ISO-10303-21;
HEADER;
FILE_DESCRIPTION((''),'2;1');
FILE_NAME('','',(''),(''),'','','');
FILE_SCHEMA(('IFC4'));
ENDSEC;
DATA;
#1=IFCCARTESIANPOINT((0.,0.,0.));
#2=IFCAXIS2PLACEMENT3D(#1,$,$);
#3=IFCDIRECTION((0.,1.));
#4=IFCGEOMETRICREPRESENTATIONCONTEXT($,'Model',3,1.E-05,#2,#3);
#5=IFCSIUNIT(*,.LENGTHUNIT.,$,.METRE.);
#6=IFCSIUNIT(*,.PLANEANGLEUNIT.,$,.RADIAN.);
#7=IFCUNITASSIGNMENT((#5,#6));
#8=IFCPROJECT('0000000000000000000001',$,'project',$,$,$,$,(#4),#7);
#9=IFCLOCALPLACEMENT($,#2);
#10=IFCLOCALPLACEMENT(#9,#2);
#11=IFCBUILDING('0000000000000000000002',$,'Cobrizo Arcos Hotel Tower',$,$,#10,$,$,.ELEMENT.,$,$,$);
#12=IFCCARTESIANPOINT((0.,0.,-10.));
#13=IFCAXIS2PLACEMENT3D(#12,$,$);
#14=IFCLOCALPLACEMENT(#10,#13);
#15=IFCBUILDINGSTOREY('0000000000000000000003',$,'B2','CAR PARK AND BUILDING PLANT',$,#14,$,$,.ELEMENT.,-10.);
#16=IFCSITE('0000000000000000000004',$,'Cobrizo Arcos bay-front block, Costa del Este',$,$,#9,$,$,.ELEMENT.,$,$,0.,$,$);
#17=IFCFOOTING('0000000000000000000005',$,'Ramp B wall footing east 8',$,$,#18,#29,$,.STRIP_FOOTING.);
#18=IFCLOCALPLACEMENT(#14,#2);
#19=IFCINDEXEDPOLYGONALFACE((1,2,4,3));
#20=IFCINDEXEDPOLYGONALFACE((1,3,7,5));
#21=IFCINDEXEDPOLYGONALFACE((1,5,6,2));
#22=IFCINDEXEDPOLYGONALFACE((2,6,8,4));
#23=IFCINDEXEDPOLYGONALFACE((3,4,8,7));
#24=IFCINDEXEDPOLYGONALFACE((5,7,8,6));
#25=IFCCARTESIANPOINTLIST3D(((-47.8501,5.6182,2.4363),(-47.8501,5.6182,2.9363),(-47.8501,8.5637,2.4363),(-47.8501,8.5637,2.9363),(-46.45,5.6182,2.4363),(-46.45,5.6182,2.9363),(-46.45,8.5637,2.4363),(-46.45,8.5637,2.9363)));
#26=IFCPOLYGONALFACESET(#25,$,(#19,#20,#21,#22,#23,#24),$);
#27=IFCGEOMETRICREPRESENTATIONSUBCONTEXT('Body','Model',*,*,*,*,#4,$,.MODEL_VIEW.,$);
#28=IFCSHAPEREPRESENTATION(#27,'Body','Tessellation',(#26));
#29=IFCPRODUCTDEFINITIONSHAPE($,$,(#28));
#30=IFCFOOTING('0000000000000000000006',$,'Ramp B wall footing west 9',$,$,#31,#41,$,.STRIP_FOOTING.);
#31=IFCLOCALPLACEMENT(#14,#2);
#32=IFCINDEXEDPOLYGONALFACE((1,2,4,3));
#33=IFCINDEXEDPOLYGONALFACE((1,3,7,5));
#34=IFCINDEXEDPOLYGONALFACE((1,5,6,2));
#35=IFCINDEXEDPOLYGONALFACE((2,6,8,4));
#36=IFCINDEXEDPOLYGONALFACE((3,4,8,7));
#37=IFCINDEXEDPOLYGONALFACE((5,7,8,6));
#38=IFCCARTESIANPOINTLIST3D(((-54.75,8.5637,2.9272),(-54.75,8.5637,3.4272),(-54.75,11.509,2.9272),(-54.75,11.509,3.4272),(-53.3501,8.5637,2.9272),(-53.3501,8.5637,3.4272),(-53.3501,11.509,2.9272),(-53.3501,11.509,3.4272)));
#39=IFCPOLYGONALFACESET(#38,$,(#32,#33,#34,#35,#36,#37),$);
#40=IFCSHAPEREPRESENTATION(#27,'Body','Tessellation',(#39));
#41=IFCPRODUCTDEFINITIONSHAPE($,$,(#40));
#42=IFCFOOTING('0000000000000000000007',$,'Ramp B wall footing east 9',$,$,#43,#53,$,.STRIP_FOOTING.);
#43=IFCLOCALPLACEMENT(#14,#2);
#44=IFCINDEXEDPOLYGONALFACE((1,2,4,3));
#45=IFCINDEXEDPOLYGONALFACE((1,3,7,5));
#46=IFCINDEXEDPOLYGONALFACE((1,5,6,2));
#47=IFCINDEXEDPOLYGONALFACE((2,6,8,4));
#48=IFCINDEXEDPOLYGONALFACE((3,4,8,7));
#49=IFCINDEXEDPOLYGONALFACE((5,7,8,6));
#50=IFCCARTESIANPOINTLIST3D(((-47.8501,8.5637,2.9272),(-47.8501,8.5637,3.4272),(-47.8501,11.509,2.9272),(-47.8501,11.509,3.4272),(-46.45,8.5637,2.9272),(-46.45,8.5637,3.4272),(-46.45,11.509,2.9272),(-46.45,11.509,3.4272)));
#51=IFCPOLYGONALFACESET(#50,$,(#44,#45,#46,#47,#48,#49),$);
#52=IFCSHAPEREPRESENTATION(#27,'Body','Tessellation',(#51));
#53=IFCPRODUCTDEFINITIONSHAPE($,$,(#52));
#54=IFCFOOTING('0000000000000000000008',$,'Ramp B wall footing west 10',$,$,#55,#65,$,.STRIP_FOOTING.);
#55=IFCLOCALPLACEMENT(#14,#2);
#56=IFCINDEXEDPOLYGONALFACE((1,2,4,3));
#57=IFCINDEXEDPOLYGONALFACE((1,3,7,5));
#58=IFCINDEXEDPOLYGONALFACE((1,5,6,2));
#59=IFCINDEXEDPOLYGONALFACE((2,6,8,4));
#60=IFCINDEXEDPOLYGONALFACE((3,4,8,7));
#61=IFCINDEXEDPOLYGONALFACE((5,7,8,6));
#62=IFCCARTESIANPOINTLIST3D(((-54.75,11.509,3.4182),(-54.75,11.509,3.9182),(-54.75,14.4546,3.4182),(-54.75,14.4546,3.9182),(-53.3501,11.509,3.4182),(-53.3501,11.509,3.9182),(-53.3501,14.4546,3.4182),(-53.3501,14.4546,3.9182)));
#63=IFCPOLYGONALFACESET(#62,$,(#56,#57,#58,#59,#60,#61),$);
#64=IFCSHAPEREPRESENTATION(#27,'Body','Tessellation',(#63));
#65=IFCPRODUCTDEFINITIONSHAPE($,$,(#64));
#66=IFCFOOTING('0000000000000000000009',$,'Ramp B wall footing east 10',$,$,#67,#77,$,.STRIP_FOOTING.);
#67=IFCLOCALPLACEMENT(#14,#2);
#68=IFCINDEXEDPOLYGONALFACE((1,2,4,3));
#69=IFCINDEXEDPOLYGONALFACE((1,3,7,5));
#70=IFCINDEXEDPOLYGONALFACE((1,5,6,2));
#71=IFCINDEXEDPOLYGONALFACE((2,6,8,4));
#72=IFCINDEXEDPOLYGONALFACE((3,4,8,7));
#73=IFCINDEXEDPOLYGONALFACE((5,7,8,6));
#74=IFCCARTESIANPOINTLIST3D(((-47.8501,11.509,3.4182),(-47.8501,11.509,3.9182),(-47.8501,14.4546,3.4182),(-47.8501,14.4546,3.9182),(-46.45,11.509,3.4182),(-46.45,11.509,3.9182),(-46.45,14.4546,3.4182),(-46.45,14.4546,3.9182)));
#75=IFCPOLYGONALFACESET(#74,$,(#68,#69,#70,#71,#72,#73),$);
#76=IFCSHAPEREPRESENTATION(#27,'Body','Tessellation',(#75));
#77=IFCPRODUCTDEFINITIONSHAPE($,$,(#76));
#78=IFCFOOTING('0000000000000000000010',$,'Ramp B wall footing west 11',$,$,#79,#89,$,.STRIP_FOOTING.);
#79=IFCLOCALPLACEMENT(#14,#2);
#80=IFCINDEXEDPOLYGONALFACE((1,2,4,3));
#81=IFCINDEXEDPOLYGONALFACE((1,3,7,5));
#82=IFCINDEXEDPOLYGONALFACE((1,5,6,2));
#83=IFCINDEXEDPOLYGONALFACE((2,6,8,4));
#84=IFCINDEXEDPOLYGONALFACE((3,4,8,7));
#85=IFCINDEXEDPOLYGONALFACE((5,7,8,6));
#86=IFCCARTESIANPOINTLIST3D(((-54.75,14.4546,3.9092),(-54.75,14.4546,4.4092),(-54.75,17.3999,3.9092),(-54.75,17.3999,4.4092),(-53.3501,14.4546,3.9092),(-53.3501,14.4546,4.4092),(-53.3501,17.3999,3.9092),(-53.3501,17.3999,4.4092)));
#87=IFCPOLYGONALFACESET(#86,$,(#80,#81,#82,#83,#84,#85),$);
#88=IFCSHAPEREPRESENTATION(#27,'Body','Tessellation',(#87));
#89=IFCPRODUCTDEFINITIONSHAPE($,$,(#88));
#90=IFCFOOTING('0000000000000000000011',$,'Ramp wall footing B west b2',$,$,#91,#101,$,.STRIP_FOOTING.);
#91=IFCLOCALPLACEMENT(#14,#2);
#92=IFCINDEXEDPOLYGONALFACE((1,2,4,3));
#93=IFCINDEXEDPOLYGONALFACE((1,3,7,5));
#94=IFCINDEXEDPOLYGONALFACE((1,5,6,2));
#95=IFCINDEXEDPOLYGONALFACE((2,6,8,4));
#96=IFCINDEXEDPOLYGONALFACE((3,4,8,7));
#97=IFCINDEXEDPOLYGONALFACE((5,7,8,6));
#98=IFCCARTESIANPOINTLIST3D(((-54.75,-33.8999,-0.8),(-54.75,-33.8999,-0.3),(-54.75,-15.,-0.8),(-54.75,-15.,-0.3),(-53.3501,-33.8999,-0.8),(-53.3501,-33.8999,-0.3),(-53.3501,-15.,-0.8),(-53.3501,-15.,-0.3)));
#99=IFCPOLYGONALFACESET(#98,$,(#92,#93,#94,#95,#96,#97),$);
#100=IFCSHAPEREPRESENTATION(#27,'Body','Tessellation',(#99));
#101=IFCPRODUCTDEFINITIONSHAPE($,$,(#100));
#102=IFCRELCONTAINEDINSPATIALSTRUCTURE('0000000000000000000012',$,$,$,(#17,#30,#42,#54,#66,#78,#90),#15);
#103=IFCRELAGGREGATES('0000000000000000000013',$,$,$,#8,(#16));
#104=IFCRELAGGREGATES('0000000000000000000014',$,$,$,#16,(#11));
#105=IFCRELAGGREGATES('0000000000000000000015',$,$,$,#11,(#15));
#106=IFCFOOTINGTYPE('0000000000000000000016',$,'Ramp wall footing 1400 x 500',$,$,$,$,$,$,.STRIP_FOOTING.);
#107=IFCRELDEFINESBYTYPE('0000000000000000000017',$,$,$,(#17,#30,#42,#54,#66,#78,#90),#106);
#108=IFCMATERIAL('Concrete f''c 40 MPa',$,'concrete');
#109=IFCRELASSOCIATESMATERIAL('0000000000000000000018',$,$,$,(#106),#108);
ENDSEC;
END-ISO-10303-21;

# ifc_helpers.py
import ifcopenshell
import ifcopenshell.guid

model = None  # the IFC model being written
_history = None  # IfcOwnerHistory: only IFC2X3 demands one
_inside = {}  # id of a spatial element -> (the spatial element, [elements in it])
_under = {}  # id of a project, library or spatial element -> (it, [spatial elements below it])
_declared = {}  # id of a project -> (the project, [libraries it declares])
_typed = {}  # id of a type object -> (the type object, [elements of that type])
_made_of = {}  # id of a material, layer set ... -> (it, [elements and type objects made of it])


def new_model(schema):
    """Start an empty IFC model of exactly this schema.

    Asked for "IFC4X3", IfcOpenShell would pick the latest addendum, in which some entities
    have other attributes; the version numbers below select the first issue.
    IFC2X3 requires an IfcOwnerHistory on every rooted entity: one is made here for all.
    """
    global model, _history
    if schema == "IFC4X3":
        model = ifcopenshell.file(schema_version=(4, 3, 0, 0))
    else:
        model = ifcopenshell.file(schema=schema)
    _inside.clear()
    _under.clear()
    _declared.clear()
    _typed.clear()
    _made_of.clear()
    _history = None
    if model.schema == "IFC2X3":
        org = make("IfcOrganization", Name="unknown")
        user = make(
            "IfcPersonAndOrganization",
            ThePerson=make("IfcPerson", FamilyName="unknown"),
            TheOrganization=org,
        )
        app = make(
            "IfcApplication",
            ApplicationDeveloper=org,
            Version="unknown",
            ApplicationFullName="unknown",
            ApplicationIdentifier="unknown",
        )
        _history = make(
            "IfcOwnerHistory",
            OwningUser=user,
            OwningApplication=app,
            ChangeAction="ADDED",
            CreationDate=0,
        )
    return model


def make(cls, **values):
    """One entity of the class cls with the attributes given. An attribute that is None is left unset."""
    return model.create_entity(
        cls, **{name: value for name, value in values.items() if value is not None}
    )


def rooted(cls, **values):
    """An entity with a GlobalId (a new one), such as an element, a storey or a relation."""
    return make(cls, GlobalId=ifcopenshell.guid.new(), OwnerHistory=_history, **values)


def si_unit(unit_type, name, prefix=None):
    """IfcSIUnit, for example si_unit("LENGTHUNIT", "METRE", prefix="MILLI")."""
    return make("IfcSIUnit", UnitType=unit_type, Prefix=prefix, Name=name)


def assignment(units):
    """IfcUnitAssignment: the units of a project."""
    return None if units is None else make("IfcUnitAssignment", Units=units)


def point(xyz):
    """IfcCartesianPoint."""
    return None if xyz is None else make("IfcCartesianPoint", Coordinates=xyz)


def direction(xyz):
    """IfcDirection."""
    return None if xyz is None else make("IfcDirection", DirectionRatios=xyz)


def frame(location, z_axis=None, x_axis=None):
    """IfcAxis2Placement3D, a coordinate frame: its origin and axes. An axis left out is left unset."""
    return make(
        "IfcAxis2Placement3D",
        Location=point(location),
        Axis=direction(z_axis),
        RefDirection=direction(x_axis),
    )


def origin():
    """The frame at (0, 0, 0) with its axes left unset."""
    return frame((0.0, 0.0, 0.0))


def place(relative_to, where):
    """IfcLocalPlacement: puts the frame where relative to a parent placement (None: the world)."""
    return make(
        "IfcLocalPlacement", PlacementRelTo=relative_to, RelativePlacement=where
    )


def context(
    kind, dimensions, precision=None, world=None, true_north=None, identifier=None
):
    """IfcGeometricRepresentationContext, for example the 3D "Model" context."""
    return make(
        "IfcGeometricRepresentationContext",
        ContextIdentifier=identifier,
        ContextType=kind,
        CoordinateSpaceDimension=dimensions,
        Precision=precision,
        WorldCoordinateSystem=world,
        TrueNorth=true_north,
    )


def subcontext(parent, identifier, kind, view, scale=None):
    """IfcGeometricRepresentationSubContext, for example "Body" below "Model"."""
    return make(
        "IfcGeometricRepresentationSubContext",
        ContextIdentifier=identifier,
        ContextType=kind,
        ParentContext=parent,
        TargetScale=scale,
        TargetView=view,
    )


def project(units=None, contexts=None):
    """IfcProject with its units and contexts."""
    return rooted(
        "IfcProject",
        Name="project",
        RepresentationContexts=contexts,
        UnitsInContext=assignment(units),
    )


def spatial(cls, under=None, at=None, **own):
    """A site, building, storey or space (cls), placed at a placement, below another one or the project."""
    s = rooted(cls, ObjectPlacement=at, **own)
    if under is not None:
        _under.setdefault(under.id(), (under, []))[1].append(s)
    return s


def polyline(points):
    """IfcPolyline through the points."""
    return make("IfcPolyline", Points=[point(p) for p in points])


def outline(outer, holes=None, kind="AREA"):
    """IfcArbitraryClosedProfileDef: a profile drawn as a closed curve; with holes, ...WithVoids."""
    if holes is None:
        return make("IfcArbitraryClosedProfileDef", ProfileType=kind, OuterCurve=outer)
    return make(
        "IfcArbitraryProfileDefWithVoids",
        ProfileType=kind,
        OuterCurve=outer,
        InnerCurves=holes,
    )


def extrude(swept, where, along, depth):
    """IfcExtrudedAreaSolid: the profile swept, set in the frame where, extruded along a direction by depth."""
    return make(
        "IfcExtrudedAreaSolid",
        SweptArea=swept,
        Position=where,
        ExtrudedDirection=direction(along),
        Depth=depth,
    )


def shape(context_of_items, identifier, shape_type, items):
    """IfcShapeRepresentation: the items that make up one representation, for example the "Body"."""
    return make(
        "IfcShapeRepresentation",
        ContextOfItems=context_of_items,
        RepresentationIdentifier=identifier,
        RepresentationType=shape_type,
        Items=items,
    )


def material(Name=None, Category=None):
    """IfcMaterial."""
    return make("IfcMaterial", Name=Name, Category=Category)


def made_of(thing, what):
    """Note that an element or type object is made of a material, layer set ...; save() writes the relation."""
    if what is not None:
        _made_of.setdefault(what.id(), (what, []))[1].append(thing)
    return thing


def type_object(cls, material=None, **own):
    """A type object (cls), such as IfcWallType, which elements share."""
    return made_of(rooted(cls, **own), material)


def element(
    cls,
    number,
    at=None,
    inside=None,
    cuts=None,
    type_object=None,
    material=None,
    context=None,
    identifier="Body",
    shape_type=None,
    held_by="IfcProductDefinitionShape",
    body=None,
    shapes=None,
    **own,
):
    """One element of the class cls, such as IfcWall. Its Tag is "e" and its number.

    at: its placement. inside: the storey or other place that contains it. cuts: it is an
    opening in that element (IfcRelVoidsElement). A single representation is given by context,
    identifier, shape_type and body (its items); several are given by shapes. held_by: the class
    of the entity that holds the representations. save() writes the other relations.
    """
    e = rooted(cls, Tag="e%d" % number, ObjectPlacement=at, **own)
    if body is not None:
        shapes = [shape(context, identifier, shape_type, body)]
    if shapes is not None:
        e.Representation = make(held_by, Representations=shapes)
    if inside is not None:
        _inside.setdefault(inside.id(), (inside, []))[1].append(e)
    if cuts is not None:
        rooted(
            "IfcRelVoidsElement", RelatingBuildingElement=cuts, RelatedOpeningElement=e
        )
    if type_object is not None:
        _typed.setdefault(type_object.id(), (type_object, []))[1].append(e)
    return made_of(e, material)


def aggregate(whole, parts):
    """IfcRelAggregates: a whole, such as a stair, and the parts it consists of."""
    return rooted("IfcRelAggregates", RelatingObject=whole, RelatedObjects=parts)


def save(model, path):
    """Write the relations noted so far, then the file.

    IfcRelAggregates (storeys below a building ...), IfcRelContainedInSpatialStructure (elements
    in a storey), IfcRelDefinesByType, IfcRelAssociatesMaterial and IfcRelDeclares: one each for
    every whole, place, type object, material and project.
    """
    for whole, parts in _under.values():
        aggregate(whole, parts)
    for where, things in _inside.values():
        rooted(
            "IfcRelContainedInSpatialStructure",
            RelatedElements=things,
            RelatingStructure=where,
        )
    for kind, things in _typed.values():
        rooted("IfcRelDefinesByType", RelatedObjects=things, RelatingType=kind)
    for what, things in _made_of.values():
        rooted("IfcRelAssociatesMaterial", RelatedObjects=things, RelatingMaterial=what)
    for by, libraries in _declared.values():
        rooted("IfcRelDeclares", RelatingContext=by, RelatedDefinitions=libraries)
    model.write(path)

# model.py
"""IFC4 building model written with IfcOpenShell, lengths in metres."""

from ifc_helpers import new_model, si_unit, direction, frame, origin, place, context, subcontext, project, spatial, polyline, outline, extrude, material, type_object, element, save


model = new_model("IFC4")

# Units and contexts
model_context = context("Model", 3, precision=1e-05, world=origin(), true_north=direction((0.0, 1.0)))
body_context = subcontext(model_context, "Body", "Model", "MODEL_VIEW")
ifc_project = project(units=[si_unit("LENGTHUNIT", "METRE"), si_unit("PLANEANGLEUNIT", "RADIAN")], contexts=[model_context])

# Site, building, storey
site_placement = place(None, origin())
site = spatial("IfcSite", under=ifc_project, at=site_placement, Name="Cobrizo Arcos bay-front block, Costa del Este", CompositionType="ELEMENT", RefElevation=0.0)
building_placement = place(site_placement, origin())
building = spatial("IfcBuilding", under=site, at=building_placement, Name="Cobrizo Arcos Hotel Tower", CompositionType="ELEMENT")
storey_placement = place(building_placement, frame((0.0, 0.0, -10.0)))
storey = spatial("IfcBuildingStorey", under=building, at=storey_placement, Name="B2", Description="CAR PARK AND BUILDING PLANT", CompositionType="ELEMENT", Elevation=-10.0)

# Footings
ifc_material = material(Name="Concrete f'c 40 MPa", Category="concrete")
footing_type = type_object("IfcFootingType", Name="Ramp wall footing 1400 x 500", PredefinedType="STRIP_FOOTING", material=ifc_material)
footing_1_placement = place(storey_placement, frame((0.0, 0.0, 2.4363)))
element("IfcFooting", 1, at=footing_1_placement, inside=storey, type_object=footing_type, Name="Ramp B wall footing east 8", PredefinedType="STRIP_FOOTING", context=body_context, shape_type="SweptSolid", body=[
    extrude(outline(polyline([(-47.8501, 8.5637), (-46.45, 8.5637), (-46.45, 5.6182), (-47.8501, 5.6182), (-47.8501, 8.5637)])), origin(), (0.0, 0.0, 1.0), 0.5),
])
footing_2_placement = place(storey_placement, frame((0.0, 0.0, 2.9272)))
element("IfcFooting", 2, at=footing_2_placement, inside=storey, type_object=footing_type, Name="Ramp B wall footing west 9", PredefinedType="STRIP_FOOTING", context=body_context, shape_type="SweptSolid", body=[
    extrude(outline(polyline([(-54.75, 11.509), (-53.3501, 11.509), (-53.3501, 8.5637), (-54.75, 8.5637), (-54.75, 11.509)])), origin(), (0.0, 0.0, 1.0), 0.5),
])
footing_3_placement = place(storey_placement, frame((0.0, 0.0, 2.9272)))
element("IfcFooting", 3, at=footing_3_placement, inside=storey, type_object=footing_type, Name="Ramp B wall footing east 9", PredefinedType="STRIP_FOOTING", context=body_context, shape_type="SweptSolid", body=[
    extrude(outline(polyline([(-47.8501, 11.509), (-46.45, 11.509), (-46.45, 8.5637), (-47.8501, 8.5637), (-47.8501, 11.509)])), origin(), (0.0, 0.0, 1.0), 0.5),
])
footing_4_placement = place(storey_placement, frame((0.0, 0.0, 3.4182)))
element("IfcFooting", 4, at=footing_4_placement, inside=storey, type_object=footing_type, Name="Ramp B wall footing west 10", PredefinedType="STRIP_FOOTING", context=body_context, shape_type="SweptSolid", body=[
    extrude(outline(polyline([(-54.75, 14.4546), (-53.3501, 14.4546), (-53.3501, 11.509), (-54.75, 11.509), (-54.75, 14.4546)])), origin(), (0.0, 0.0, 1.0), 0.5),
])
footing_5_placement = place(storey_placement, frame((0.0, 0.0, 3.4182)))
element("IfcFooting", 5, at=footing_5_placement, inside=storey, type_object=footing_type, Name="Ramp B wall footing east 10", PredefinedType="STRIP_FOOTING", context=body_context, shape_type="SweptSolid", body=[
    extrude(outline(polyline([(-47.8501, 14.4546), (-46.45, 14.4546), (-46.45, 11.509), (-47.8501, 11.509), (-47.8501, 14.4546)])), origin(), (0.0, 0.0, 1.0), 0.5),
])
footing_6_placement = place(storey_placement, frame((0.0, 0.0, 3.9092)))
element("IfcFooting", 6, at=footing_6_placement, inside=storey, type_object=footing_type, Name="Ramp B wall footing west 11", PredefinedType="STRIP_FOOTING", context=body_context, shape_type="SweptSolid", body=[
    extrude(outline(polyline([(-54.75, 17.3999), (-53.3501, 17.3999), (-53.3501, 14.4546), (-54.75, 14.4546), (-54.75, 17.3999)])), origin(), (0.0, 0.0, 1.0), 0.5),
])
footing_7_placement = place(storey_placement, frame((0.0, 0.0, -0.8)))
element("IfcFooting", 7, at=footing_7_placement, inside=storey, type_object=footing_type, Name="Ramp wall footing B west b2", PredefinedType="STRIP_FOOTING", context=body_context, shape_type="SweptSolid", body=[
    extrude(outline(polyline([(-54.75, -15.0), (-53.3501, -15.0), (-53.3501, -33.8999), (-54.75, -33.8999), (-54.75, -15.0)])), origin(), (0.0, 0.0, 1.0), 0.5),
])

save(model, "model.ifc")
